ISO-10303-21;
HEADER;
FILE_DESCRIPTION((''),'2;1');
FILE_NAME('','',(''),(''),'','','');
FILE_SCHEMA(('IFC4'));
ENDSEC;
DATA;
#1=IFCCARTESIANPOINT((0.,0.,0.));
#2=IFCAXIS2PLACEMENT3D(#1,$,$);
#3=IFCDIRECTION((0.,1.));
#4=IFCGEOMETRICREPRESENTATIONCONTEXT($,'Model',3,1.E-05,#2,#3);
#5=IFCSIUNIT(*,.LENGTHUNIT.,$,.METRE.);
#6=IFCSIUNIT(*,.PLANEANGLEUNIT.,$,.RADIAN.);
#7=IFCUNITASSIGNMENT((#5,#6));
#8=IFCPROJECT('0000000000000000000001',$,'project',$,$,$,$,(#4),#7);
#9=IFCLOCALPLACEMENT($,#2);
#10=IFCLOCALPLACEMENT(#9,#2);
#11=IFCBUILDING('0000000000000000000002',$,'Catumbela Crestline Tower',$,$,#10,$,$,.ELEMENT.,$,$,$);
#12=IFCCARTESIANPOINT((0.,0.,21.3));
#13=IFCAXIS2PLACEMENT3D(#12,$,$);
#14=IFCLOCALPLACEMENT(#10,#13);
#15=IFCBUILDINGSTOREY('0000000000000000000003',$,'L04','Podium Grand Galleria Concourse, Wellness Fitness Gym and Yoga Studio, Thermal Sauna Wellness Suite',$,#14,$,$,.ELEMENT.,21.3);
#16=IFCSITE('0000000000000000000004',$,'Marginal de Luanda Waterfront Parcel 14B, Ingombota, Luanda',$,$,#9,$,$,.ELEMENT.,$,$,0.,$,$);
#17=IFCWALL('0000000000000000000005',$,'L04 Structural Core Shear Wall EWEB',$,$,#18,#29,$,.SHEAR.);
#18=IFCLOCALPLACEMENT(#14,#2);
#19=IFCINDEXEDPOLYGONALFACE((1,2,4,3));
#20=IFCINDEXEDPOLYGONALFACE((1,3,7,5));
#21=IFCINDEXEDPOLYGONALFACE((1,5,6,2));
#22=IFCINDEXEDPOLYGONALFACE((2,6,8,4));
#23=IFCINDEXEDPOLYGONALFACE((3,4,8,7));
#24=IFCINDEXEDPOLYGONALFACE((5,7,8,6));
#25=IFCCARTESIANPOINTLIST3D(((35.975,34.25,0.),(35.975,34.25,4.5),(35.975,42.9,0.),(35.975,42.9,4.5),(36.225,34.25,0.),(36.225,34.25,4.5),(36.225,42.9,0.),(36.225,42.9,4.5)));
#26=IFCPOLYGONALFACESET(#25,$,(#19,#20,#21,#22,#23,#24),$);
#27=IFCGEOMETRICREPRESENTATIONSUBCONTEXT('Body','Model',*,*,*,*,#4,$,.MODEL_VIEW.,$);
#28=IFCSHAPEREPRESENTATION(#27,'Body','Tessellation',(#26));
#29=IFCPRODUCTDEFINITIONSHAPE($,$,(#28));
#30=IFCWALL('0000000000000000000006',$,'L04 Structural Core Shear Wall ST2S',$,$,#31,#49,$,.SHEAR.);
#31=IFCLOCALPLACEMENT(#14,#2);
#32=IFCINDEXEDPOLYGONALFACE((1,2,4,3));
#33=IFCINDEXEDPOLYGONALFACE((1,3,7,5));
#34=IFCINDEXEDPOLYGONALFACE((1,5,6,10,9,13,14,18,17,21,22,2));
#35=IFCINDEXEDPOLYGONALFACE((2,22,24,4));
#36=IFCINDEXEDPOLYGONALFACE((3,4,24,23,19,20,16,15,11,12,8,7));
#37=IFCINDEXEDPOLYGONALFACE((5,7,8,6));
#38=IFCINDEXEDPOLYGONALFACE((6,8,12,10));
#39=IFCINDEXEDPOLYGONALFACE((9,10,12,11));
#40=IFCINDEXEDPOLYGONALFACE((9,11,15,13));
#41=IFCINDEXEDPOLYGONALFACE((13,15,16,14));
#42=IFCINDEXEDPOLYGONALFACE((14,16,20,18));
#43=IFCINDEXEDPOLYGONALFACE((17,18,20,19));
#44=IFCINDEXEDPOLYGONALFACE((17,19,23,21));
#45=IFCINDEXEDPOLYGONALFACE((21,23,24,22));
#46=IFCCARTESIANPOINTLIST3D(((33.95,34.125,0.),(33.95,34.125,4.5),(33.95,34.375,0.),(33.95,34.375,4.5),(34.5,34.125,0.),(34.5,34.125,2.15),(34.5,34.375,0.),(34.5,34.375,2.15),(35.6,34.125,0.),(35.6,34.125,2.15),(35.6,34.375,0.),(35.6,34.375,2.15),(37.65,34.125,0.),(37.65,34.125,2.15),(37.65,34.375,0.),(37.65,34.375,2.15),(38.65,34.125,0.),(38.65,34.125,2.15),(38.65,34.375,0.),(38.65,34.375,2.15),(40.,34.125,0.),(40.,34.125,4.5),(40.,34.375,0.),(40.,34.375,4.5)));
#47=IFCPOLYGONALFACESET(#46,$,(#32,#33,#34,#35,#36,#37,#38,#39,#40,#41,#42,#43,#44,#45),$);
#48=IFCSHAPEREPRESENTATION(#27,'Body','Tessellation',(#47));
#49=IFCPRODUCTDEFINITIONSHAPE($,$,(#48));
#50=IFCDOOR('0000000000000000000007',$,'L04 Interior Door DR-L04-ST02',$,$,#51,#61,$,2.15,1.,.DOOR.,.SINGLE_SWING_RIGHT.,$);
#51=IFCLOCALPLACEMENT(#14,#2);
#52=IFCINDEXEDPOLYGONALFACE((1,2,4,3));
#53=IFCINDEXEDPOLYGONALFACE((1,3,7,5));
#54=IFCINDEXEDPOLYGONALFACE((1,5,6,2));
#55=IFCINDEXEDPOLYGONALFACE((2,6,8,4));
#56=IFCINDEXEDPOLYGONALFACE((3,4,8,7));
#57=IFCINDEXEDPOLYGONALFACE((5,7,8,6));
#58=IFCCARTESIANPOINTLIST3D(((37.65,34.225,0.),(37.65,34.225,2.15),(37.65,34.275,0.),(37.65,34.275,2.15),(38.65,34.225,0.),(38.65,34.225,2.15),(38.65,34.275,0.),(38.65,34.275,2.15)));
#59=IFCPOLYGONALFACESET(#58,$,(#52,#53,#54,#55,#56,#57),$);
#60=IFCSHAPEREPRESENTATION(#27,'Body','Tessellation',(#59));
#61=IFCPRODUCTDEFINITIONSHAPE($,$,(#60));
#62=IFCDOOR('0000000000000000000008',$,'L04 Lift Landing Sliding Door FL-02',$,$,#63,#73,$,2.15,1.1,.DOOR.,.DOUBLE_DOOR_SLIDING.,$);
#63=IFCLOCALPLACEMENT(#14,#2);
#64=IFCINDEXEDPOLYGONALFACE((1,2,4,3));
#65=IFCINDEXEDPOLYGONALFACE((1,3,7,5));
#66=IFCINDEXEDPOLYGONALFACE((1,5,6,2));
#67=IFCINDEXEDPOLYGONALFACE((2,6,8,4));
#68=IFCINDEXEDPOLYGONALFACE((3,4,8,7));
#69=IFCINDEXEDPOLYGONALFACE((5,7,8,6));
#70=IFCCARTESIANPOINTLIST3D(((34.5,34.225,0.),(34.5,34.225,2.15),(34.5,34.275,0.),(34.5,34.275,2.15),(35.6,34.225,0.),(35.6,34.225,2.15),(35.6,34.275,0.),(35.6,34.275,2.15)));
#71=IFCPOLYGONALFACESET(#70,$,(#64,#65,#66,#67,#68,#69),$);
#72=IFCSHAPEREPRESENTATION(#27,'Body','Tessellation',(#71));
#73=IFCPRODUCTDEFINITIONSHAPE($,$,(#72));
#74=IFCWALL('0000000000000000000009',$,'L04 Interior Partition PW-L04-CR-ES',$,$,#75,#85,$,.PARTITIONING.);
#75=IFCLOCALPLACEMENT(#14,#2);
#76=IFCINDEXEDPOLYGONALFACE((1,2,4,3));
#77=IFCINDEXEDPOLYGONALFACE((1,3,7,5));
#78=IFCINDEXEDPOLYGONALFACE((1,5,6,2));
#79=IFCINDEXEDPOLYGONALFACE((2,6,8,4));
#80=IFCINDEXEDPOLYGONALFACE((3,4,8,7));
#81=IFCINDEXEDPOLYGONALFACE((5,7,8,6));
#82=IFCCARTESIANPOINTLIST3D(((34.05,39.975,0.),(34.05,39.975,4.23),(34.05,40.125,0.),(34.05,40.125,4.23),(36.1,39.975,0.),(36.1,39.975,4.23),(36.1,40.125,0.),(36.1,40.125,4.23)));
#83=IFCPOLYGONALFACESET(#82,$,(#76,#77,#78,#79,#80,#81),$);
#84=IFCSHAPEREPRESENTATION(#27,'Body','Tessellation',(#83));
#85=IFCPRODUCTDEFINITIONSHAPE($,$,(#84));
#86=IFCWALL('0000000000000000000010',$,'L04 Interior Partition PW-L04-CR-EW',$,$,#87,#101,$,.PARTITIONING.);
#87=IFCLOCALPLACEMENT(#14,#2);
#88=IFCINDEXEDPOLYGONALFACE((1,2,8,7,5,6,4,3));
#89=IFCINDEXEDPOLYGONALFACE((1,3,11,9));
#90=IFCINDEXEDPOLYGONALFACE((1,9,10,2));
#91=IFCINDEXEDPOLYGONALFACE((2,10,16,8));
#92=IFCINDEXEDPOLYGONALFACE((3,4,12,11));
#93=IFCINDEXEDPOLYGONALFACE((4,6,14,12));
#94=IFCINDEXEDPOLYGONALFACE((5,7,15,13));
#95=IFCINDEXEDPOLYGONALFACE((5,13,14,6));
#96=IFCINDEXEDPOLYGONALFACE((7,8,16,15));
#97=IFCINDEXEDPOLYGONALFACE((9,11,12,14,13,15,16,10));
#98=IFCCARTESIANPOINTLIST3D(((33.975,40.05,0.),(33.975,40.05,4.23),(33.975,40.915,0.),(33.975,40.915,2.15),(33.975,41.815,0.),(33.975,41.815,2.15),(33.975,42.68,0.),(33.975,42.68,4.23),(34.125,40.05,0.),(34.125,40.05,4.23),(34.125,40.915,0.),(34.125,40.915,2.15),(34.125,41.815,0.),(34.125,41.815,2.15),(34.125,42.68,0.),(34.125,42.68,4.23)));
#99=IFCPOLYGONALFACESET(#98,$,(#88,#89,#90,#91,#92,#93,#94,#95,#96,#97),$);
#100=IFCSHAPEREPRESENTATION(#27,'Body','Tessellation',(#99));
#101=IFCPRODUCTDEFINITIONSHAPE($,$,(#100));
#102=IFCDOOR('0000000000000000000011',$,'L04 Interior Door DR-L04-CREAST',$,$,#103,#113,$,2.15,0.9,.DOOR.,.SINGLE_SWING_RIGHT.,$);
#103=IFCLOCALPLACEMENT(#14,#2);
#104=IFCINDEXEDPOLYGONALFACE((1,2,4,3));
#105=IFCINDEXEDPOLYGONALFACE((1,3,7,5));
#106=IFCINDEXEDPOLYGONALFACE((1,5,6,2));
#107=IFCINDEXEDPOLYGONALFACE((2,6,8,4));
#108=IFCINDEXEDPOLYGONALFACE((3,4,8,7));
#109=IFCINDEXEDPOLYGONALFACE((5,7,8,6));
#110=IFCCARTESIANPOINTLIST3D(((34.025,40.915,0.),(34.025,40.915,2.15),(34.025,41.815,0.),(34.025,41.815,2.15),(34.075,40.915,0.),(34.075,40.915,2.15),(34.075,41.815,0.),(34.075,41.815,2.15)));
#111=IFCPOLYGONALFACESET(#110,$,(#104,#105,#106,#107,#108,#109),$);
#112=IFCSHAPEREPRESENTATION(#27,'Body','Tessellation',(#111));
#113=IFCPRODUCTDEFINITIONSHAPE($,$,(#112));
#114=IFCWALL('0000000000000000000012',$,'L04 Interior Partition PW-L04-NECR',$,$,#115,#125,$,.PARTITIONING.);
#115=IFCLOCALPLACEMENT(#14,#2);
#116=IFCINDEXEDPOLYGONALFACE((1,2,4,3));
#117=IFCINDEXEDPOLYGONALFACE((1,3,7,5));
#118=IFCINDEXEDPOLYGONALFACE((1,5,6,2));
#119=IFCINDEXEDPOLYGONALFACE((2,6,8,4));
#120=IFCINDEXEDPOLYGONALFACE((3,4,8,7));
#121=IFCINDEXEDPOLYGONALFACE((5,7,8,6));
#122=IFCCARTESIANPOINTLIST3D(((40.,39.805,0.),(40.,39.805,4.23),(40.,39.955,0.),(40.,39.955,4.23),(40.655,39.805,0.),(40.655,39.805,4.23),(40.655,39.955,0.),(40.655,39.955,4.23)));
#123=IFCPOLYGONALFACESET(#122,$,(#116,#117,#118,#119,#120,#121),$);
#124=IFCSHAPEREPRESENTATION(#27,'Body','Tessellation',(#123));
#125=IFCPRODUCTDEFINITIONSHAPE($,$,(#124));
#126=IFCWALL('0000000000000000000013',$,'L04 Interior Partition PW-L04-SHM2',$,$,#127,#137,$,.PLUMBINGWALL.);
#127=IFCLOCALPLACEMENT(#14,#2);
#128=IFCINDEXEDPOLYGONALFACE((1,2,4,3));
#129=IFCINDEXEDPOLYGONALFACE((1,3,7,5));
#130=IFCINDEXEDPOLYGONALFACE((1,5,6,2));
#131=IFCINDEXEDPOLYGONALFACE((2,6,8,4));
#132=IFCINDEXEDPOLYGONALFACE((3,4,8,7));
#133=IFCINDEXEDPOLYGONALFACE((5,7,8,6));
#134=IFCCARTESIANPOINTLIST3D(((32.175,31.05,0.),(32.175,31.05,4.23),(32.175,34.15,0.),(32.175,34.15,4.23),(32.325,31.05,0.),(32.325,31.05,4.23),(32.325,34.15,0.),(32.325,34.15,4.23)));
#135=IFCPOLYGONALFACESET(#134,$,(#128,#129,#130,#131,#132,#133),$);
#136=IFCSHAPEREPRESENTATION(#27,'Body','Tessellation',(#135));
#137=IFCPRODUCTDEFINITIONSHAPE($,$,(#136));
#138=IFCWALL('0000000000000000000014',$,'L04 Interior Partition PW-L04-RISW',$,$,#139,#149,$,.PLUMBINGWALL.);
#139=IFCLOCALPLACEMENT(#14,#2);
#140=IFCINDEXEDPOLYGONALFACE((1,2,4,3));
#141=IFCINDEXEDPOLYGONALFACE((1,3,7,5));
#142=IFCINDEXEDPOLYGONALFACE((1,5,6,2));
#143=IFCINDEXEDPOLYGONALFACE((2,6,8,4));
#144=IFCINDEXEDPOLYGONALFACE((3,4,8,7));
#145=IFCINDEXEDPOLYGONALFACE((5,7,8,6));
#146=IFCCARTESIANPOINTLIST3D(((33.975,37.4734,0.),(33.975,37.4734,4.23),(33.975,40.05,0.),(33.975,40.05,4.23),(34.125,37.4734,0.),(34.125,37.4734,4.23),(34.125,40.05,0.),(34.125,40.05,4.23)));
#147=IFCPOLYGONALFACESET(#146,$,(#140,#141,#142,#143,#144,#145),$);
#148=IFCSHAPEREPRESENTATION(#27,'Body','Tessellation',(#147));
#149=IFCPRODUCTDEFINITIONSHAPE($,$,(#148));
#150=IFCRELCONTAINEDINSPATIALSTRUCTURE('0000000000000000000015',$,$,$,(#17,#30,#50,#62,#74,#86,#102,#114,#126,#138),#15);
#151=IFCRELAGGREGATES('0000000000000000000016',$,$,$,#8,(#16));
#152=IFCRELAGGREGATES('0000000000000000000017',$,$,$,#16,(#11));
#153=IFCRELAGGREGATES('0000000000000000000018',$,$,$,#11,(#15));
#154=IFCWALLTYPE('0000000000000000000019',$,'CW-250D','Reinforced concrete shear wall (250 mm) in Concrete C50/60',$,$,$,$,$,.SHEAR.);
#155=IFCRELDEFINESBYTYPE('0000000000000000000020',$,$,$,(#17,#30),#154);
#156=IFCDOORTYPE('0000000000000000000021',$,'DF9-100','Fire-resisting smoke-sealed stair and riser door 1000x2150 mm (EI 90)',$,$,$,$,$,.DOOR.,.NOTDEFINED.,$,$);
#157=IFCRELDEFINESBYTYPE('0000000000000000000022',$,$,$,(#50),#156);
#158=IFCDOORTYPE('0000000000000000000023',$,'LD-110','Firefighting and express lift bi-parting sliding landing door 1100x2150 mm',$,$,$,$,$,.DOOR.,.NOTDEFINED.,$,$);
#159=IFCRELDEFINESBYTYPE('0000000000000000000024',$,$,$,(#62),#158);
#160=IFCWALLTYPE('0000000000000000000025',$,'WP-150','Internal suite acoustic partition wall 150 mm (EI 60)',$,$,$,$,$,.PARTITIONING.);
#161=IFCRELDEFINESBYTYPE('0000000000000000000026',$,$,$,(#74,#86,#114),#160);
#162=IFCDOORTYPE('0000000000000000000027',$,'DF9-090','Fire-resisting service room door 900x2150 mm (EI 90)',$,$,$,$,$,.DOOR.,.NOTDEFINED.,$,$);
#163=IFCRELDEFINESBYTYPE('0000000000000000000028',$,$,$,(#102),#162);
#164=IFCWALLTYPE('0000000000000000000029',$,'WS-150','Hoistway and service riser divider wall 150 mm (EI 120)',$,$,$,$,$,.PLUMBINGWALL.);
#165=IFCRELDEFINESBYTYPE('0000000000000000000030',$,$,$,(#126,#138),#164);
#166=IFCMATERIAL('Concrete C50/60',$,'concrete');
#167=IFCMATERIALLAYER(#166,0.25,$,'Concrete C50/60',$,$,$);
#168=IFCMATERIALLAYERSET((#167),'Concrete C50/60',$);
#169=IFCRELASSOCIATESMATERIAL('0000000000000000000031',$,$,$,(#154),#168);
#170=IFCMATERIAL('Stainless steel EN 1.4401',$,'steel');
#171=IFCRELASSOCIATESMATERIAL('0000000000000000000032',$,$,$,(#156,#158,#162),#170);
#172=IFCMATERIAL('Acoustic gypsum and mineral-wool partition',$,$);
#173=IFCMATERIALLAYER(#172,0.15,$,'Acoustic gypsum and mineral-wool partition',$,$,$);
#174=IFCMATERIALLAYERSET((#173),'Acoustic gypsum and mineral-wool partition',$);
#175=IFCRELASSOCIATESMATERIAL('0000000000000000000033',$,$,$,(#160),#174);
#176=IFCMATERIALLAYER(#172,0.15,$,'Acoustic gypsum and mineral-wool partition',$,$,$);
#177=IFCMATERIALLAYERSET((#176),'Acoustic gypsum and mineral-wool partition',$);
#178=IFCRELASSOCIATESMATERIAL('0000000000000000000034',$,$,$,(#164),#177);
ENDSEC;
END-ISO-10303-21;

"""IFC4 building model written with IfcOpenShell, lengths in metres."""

from ifc_helpers import new_model, si_unit, direction, frame, frame_2d, origin, place, context, subcontext, project, spatial, rectangle, extrude, material, layer, layer_set, type_object, element, fill, save


model = new_model("IFC4")

# Units and contexts
model_context = context("Model", 3, precision=1e-05, world=origin(), true_north=direction((0.0, 1.0)))
body_context = subcontext(model_context, "Body", "Model", "MODEL_VIEW")
ifc_project = project(units=[si_unit("LENGTHUNIT", "METRE"), si_unit("PLANEANGLEUNIT", "RADIAN")], contexts=[model_context])

# Site, building, storey
site_placement = place(None, origin())
site = spatial("IfcSite", under=ifc_project, at=site_placement, Name="Marginal de Luanda Waterfront Parcel 14B, Ingombota, Luanda", CompositionType="ELEMENT", RefElevation=0.0)
building_placement = place(site_placement, origin())
building = spatial("IfcBuilding", under=site, at=building_placement, Name="Catumbela Crestline Tower", CompositionType="ELEMENT")
storey_placement = place(building_placement, frame((0.0, 0.0, 21.3)))
storey = spatial("IfcBuildingStorey", under=building, at=storey_placement, Name="L04", Description="Podium Grand Galleria Concourse, Wellness Fitness Gym and Yoga Studio, Thermal Sauna Wellness Suite", CompositionType="ELEMENT", Elevation=21.3)

# Wall
ifc_material_1 = material(Name="Concrete C50/60", Category="concrete")
ifc_layer_1 = layer(ifc_material_1, 0.25, Name="Concrete C50/60")
ifc_layer_set_1 = layer_set([ifc_layer_1], Name="Concrete C50/60")
wall_type_1 = type_object("IfcWallType", Name="CW-250D", Description="Reinforced concrete shear wall (250 mm) in Concrete C50/60", PredefinedType="SHEAR", material=ifc_layer_set_1)
wall_1_placement = place(storey_placement, frame((36.1, 34.25, 0.0), z_axis=(0.0, 0.0, 1.0), x_axis=(0.0, 1.0, 0.0)))
element("IfcWall", 1, at=wall_1_placement, inside=storey, type_object=wall_type_1, Name="L04 Structural Core Shear Wall EWEB", PredefinedType="SHEAR", context=body_context, shape_type="SweptSolid", body=[
    extrude(rectangle(XDim=8.65, YDim=0.25, at=frame_2d((4.325, 0.0))), origin(), (0.0, 0.0, 1.0), 4.5),
])

# Wall, openings, doors
wall_2_placement = place(storey_placement, frame((33.95, 34.25, 0.0), z_axis=(0.0, 0.0, 1.0), x_axis=(1.0, 0.0, 0.0)))
wall_2 = element("IfcWall", 2, at=wall_2_placement, inside=storey, type_object=wall_type_1, Name="L04 Structural Core Shear Wall ST2S", PredefinedType="SHEAR", context=body_context, shape_type="SweptSolid", body=[
    extrude(rectangle(XDim=6.05, YDim=0.25, at=frame_2d((3.025, 0.0))), origin(), (0.0, 0.0, 1.0), 4.5),
])
opening_1_placement = place(wall_2_placement, frame((3.7, 0.0, 0.0)))
opening_1 = element("IfcOpeningElement", 3, at=opening_1_placement, cuts=wall_2, PredefinedType="OPENING", context=body_context, shape_type="SweptSolid", body=[
    extrude(rectangle(XDim=1.0, YDim=2.15, at=frame_2d((0.5, 1.075))), frame((0.0, 0.135, 0.0), z_axis=(0.0, -1.0, 0.0), x_axis=(1.0, 0.0, 0.0)), (0.0, 0.0, 1.0), 0.27),
])
opening_2_placement = place(wall_2_placement, frame((0.55, 0.0, 0.0)))
opening_2 = element("IfcOpeningElement", 4, at=opening_2_placement, cuts=wall_2, PredefinedType="OPENING", context=body_context, shape_type="SweptSolid", body=[
    extrude(rectangle(XDim=1.1, YDim=2.15, at=frame_2d((0.55, 1.075))), frame((0.0, 0.135, 0.0), z_axis=(0.0, -1.0, 0.0), x_axis=(1.0, 0.0, 0.0)), (0.0, 0.0, 1.0), 0.27),
])
ifc_material_2 = material(Name="Stainless steel EN 1.4401", Category="steel")
door_type_1 = type_object("IfcDoorType", Name="DF9-100", Description="Fire-resisting smoke-sealed stair and riser door 1000x2150 mm (EI 90)", OperationType="NOTDEFINED", PredefinedType="DOOR", material=ifc_material_2)
door_1_placement = place(opening_1_placement, origin())
door_1 = element("IfcDoor", 5, at=door_1_placement, inside=storey, type_object=door_type_1, Name="L04 Interior Door DR-L04-ST02", OperationType="SINGLE_SWING_RIGHT", OverallHeight=2.15, OverallWidth=1.0, PredefinedType="DOOR", context=body_context, shape_type="SweptSolid", body=[
    extrude(rectangle(XDim=1.0, YDim=2.15, at=frame_2d((0.5, 1.075))), frame((0.0, 0.025, 0.0), z_axis=(0.0, -1.0, 0.0), x_axis=(1.0, 0.0, 0.0)), (0.0, 0.0, 1.0), 0.05),
])
fill(opening_1, door_1)
door_type_2 = type_object("IfcDoorType", Name="LD-110", Description="Firefighting and express lift bi-parting sliding landing door 1100x2150 mm", OperationType="NOTDEFINED", PredefinedType="DOOR", material=ifc_material_2)
door_2_placement = place(opening_2_placement, origin())
door_2 = element("IfcDoor", 6, at=door_2_placement, inside=storey, type_object=door_type_2, Name="L04 Lift Landing Sliding Door FL-02", OperationType="DOUBLE_DOOR_SLIDING", OverallHeight=2.15, OverallWidth=1.1, PredefinedType="DOOR", context=body_context, shape_type="SweptSolid", body=[
    extrude(rectangle(XDim=1.1, YDim=2.15, at=frame_2d((0.55, 1.075))), frame((0.0, 0.025, 0.0), z_axis=(0.0, -1.0, 0.0), x_axis=(1.0, 0.0, 0.0)), (0.0, 0.0, 1.0), 0.05),
])
fill(opening_2, door_2)

# Wall
ifc_material_3 = material(Name="Acoustic gypsum and mineral-wool partition")
ifc_layer_2 = layer(ifc_material_3, 0.15, Name="Acoustic gypsum and mineral-wool partition")
ifc_layer_set_2 = layer_set([ifc_layer_2], Name="Acoustic gypsum and mineral-wool partition")
wall_type_2 = type_object("IfcWallType", Name="WP-150", Description="Internal suite acoustic partition wall 150 mm (EI 60)", PredefinedType="PARTITIONING", material=ifc_layer_set_2)
wall_3_placement = place(storey_placement, frame((34.05, 40.05, 0.0), z_axis=(0.0, 0.0, 1.0), x_axis=(1.0, 0.0, 0.0)))
element("IfcWall", 7, at=wall_3_placement, inside=storey, type_object=wall_type_2, Name="L04 Interior Partition PW-L04-CR-ES", PredefinedType="PARTITIONING", context=body_context, shape_type="SweptSolid", body=[
    extrude(rectangle(XDim=2.05, YDim=0.15, at=frame_2d((1.025, 0.0))), origin(), (0.0, 0.0, 1.0), 4.23),
])

# Wall, opening, door
wall_4_placement = place(storey_placement, frame((34.05, 40.05, 0.0), z_axis=(0.0, 0.0, 1.0), x_axis=(0.0, 1.0, 0.0)))
wall_4 = element("IfcWall", 8, at=wall_4_placement, inside=storey, type_object=wall_type_2, Name="L04 Interior Partition PW-L04-CR-EW", PredefinedType="PARTITIONING", context=body_context, shape_type="SweptSolid", body=[
    extrude(rectangle(XDim=2.63, YDim=0.15, at=frame_2d((1.315, 0.0))), origin(), (0.0, 0.0, 1.0), 4.23),
])
opening_3_placement = place(wall_4_placement, frame((0.865, 0.0, 0.0)))
opening_3 = element("IfcOpeningElement", 9, at=opening_3_placement, cuts=wall_4, PredefinedType="OPENING", context=body_context, shape_type="SweptSolid", body=[
    extrude(rectangle(XDim=0.9, YDim=2.15, at=frame_2d((0.45, 1.075))), frame((0.0, 0.085, 0.0), z_axis=(0.0, -1.0, 0.0), x_axis=(1.0, 0.0, 0.0)), (0.0, 0.0, 1.0), 0.17),
])
door_type_3 = type_object("IfcDoorType", Name="DF9-090", Description="Fire-resisting service room door 900x2150 mm (EI 90)", OperationType="NOTDEFINED", PredefinedType="DOOR", material=ifc_material_2)
door_3_placement = place(opening_3_placement, origin())
door_3 = element("IfcDoor", 10, at=door_3_placement, inside=storey, type_object=door_type_3, Name="L04 Interior Door DR-L04-CREAST", OperationType="SINGLE_SWING_RIGHT", OverallHeight=2.15, OverallWidth=0.9, PredefinedType="DOOR", context=body_context, shape_type="SweptSolid", body=[
    extrude(rectangle(XDim=0.9, YDim=2.15, at=frame_2d((0.45, 1.075))), frame((0.0, 0.025, 0.0), z_axis=(0.0, -1.0, 0.0), x_axis=(1.0, 0.0, 0.0)), (0.0, 0.0, 1.0), 0.05),
])
fill(opening_3, door_3)

# Walls
wall_5_placement = place(storey_placement, frame((40.0, 39.88, 0.0), z_axis=(0.0, 0.0, 1.0), x_axis=(1.0, 0.0, 0.0)))
element("IfcWall", 11, at=wall_5_placement, inside=storey, type_object=wall_type_2, Name="L04 Interior Partition PW-L04-NECR", PredefinedType="PARTITIONING", context=body_context, shape_type="SweptSolid", body=[
    extrude(rectangle(XDim=0.655, YDim=0.15, at=frame_2d((0.3275, 0.0))), origin(), (0.0, 0.0, 1.0), 4.23),
])
ifc_layer_3 = layer(ifc_material_3, 0.15, Name="Acoustic gypsum and mineral-wool partition")
ifc_layer_set_3 = layer_set([ifc_layer_3], Name="Acoustic gypsum and mineral-wool partition")
wall_type_3 = type_object("IfcWallType", Name="WS-150", Description="Hoistway and service riser divider wall 150 mm (EI 120)", PredefinedType="PLUMBINGWALL", material=ifc_layer_set_3)
wall_6_placement = place(storey_placement, frame((32.25, 31.05, 0.0), z_axis=(0.0, 0.0, 1.0), x_axis=(0.0, 1.0, 0.0)))
element("IfcWall", 12, at=wall_6_placement, inside=storey, type_object=wall_type_3, Name="L04 Interior Partition PW-L04-SHM2", PredefinedType="PLUMBINGWALL", context=body_context, shape_type="SweptSolid", body=[
    extrude(rectangle(XDim=3.1, YDim=0.15, at=frame_2d((1.55, 0.0))), origin(), (0.0, 0.0, 1.0), 4.23),
])
wall_7_placement = place(storey_placement, frame((34.05, 37.4734, 0.0), z_axis=(0.0, 0.0, 1.0), x_axis=(0.0, 1.0, 0.0)))
element("IfcWall", 13, at=wall_7_placement, inside=storey, type_object=wall_type_3, Name="L04 Interior Partition PW-L04-RISW", PredefinedType="PLUMBINGWALL", context=body_context, shape_type="SweptSolid", body=[
    extrude(rectangle(XDim=2.5766, YDim=0.15, at=frame_2d((1.2883, 0.0))), origin(), (0.0, 0.0, 1.0), 4.23),
])

save(model, "model.ifc")
